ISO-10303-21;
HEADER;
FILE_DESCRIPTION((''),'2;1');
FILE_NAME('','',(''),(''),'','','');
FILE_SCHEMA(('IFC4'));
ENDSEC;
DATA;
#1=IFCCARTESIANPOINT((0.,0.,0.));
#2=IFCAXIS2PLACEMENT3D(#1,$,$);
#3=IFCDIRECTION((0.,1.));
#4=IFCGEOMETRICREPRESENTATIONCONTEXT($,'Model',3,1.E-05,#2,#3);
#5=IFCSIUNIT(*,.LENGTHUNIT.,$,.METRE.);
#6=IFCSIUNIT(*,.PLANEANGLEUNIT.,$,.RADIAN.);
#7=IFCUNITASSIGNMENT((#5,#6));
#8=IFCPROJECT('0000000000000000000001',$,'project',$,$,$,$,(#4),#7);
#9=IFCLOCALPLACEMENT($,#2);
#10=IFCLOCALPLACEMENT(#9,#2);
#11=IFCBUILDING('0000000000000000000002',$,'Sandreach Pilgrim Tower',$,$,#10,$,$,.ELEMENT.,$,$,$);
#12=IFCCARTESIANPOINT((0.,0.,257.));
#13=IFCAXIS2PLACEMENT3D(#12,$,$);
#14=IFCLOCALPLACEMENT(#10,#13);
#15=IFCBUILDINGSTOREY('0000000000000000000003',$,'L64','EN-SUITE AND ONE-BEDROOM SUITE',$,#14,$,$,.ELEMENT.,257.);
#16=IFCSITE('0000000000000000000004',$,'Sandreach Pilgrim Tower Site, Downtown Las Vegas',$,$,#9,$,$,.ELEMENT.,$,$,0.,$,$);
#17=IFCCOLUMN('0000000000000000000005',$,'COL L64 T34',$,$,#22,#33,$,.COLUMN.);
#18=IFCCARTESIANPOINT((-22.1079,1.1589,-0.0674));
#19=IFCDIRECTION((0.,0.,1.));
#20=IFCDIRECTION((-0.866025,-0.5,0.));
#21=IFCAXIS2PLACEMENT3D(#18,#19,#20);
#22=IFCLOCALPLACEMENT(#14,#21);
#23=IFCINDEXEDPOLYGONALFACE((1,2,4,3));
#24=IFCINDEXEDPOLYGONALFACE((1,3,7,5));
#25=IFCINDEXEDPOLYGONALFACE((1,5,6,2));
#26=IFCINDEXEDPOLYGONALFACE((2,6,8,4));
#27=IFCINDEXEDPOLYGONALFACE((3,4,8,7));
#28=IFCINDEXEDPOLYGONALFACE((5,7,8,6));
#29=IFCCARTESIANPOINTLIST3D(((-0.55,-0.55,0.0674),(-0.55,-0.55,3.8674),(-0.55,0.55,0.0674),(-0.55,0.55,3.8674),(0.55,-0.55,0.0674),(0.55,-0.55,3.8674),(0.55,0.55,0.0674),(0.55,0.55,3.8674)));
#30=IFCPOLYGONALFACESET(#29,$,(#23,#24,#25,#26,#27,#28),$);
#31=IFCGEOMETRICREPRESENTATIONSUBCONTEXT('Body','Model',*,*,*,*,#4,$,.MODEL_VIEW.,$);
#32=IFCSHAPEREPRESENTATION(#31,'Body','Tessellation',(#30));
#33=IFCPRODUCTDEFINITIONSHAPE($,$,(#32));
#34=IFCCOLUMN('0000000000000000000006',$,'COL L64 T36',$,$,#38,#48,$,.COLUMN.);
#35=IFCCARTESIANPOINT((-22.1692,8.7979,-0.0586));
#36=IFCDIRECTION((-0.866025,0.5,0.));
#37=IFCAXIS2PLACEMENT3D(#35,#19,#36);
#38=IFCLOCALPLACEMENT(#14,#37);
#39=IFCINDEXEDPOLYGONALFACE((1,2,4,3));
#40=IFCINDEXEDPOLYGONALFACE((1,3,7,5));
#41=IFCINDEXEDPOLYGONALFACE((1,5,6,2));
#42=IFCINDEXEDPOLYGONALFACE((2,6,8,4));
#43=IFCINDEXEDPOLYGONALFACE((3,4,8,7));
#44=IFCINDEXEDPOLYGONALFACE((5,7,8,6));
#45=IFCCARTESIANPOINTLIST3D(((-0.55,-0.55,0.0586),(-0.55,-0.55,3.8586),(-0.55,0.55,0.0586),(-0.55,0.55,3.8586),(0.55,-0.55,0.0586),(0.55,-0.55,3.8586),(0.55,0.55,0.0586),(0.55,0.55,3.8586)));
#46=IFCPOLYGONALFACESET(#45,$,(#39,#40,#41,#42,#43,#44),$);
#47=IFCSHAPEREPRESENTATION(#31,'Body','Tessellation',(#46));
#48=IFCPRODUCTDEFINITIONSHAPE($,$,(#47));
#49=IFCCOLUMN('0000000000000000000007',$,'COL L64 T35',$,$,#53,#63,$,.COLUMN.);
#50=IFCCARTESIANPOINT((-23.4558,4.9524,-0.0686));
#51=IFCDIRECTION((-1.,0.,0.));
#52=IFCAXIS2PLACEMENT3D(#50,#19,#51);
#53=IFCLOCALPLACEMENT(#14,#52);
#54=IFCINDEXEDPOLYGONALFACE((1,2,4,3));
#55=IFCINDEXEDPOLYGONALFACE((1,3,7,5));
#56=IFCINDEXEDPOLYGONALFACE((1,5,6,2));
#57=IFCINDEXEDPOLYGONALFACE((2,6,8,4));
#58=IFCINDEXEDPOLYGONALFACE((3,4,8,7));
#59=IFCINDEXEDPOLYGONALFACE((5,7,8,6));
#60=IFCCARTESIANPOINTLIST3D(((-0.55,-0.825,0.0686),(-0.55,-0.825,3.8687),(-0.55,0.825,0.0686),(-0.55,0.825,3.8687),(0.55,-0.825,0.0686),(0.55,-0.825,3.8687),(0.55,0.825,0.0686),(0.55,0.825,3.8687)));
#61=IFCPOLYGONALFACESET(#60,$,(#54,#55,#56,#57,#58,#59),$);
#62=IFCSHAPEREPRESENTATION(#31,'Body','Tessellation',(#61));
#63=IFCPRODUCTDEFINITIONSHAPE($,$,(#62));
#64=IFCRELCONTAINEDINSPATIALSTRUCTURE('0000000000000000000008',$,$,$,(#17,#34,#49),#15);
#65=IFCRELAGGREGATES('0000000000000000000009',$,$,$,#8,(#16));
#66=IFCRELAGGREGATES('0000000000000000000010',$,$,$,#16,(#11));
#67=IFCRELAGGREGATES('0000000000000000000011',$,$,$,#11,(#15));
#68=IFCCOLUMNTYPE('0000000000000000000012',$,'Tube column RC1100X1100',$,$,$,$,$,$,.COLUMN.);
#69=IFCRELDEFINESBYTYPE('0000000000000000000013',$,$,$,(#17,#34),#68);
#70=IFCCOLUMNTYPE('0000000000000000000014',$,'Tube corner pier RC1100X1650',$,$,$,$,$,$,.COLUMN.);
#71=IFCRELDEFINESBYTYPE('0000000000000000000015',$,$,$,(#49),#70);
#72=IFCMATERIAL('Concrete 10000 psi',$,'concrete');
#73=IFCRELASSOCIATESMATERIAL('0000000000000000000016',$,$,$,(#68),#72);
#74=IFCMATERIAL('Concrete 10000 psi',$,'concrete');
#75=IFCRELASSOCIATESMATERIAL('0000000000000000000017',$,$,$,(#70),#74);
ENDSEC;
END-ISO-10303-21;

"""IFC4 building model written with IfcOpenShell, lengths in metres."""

from ifc_helpers import new_model, si_unit, direction, frame, origin, origin_2d, place, context, subcontext, project, spatial, rectangle, extrude, clip, halfspace, material, material_profile, profile_set, type_object, element, save


model = new_model("IFC4")

# Units and contexts
model_context = context("Model", 3, precision=1e-05, world=origin(), true_north=direction((0.0, 1.0)))
body_context = subcontext(model_context, "Body", "Model", "MODEL_VIEW")
ifc_project = project(units=[si_unit("LENGTHUNIT", "METRE"), si_unit("PLANEANGLEUNIT", "RADIAN")], contexts=[model_context])

# Site, building, storey
site_placement = place(None, origin())
site = spatial("IfcSite", under=ifc_project, at=site_placement, Name="Sandreach Pilgrim Tower Site, Downtown Las Vegas", CompositionType="ELEMENT", RefElevation=0.0)
building_placement = place(site_placement, origin())
building = spatial("IfcBuilding", under=site, at=building_placement, Name="Sandreach Pilgrim Tower", CompositionType="ELEMENT")
storey_placement = place(building_placement, frame((0.0, 0.0, 257.0)))
storey = spatial("IfcBuildingStorey", under=building, at=storey_placement, Name="L64", Description="EN-SUITE AND ONE-BEDROOM SUITE", CompositionType="ELEMENT", Elevation=257.0)

# Columns
ifc_material_1 = material(Name="Concrete 10000 psi", Category="concrete")
ifc_material_profile_1 = material_profile(ifc_material_1, rectangle(XDim=1.1001, YDim=1.1001, at=origin_2d()), Name="RC1100X1100")
ifc_profile_set_1 = profile_set([ifc_material_profile_1], Name="Concrete 10000 psi")
column_type_1 = type_object("IfcColumnType", Name="Tube column RC1100X1100", PredefinedType="COLUMN", material=ifc_profile_set_1)
column_1_placement = place(storey_placement, frame((-22.1079, 1.1589, -0.0674), z_axis=(0.0, 0.0, 1.0), x_axis=(-0.866025, -0.5, 0.0)))
element("IfcColumn", 1, at=column_1_placement, inside=storey, type_object=column_type_1, Name="COL L64 T34", PredefinedType="COLUMN", context=body_context, shape_type="SweptSolid", body=[
    clip(extrude(rectangle(XDim=1.1001, YDim=1.1001, at=origin_2d()), origin(), (0.0, 0.0, 1.0), 3.8674), halfspace(frame((0.0, 0.0, 0.0674)), True)),
])
column_2_placement = place(storey_placement, frame((-22.1692, 8.7979, -0.0586), z_axis=(0.0, 0.0, 1.0), x_axis=(-0.866025, 0.5, 0.0)))
element("IfcColumn", 2, at=column_2_placement, inside=storey, type_object=column_type_1, Name="COL L64 T36", PredefinedType="COLUMN", context=body_context, shape_type="SweptSolid", body=[
    clip(extrude(rectangle(XDim=1.1001, YDim=1.1001, at=origin_2d()), origin(), (0.0, 0.0, 1.0), 3.8586), halfspace(frame((0.0, 0.0, 0.0586)), True)),
])
ifc_material_2 = material(Name="Concrete 10000 psi", Category="concrete")
ifc_material_profile_2 = material_profile(ifc_material_2, rectangle(XDim=1.1001, YDim=1.6499, at=origin_2d()), Name="RC1100X1650")
ifc_profile_set_2 = profile_set([ifc_material_profile_2], Name="Concrete 10000 psi")
column_type_2 = type_object("IfcColumnType", Name="Tube corner pier RC1100X1650", PredefinedType="COLUMN", material=ifc_profile_set_2)
column_3_placement = place(storey_placement, frame((-23.4558, 4.9524, -0.0686), z_axis=(0.0, 0.0, 1.0), x_axis=(-1.0, 0.0, 0.0)))
element("IfcColumn", 3, at=column_3_placement, inside=storey, type_object=column_type_2, Name="COL L64 T35", PredefinedType="COLUMN", context=body_context, shape_type="SweptSolid", body=[
    clip(extrude(rectangle(XDim=1.1001, YDim=1.6499, at=origin_2d()), origin(), (0.0, 0.0, 1.0), 3.8687), halfspace(frame((0.0, 0.0, 0.0686)), True)),
])

save(model, "model.ifc")
